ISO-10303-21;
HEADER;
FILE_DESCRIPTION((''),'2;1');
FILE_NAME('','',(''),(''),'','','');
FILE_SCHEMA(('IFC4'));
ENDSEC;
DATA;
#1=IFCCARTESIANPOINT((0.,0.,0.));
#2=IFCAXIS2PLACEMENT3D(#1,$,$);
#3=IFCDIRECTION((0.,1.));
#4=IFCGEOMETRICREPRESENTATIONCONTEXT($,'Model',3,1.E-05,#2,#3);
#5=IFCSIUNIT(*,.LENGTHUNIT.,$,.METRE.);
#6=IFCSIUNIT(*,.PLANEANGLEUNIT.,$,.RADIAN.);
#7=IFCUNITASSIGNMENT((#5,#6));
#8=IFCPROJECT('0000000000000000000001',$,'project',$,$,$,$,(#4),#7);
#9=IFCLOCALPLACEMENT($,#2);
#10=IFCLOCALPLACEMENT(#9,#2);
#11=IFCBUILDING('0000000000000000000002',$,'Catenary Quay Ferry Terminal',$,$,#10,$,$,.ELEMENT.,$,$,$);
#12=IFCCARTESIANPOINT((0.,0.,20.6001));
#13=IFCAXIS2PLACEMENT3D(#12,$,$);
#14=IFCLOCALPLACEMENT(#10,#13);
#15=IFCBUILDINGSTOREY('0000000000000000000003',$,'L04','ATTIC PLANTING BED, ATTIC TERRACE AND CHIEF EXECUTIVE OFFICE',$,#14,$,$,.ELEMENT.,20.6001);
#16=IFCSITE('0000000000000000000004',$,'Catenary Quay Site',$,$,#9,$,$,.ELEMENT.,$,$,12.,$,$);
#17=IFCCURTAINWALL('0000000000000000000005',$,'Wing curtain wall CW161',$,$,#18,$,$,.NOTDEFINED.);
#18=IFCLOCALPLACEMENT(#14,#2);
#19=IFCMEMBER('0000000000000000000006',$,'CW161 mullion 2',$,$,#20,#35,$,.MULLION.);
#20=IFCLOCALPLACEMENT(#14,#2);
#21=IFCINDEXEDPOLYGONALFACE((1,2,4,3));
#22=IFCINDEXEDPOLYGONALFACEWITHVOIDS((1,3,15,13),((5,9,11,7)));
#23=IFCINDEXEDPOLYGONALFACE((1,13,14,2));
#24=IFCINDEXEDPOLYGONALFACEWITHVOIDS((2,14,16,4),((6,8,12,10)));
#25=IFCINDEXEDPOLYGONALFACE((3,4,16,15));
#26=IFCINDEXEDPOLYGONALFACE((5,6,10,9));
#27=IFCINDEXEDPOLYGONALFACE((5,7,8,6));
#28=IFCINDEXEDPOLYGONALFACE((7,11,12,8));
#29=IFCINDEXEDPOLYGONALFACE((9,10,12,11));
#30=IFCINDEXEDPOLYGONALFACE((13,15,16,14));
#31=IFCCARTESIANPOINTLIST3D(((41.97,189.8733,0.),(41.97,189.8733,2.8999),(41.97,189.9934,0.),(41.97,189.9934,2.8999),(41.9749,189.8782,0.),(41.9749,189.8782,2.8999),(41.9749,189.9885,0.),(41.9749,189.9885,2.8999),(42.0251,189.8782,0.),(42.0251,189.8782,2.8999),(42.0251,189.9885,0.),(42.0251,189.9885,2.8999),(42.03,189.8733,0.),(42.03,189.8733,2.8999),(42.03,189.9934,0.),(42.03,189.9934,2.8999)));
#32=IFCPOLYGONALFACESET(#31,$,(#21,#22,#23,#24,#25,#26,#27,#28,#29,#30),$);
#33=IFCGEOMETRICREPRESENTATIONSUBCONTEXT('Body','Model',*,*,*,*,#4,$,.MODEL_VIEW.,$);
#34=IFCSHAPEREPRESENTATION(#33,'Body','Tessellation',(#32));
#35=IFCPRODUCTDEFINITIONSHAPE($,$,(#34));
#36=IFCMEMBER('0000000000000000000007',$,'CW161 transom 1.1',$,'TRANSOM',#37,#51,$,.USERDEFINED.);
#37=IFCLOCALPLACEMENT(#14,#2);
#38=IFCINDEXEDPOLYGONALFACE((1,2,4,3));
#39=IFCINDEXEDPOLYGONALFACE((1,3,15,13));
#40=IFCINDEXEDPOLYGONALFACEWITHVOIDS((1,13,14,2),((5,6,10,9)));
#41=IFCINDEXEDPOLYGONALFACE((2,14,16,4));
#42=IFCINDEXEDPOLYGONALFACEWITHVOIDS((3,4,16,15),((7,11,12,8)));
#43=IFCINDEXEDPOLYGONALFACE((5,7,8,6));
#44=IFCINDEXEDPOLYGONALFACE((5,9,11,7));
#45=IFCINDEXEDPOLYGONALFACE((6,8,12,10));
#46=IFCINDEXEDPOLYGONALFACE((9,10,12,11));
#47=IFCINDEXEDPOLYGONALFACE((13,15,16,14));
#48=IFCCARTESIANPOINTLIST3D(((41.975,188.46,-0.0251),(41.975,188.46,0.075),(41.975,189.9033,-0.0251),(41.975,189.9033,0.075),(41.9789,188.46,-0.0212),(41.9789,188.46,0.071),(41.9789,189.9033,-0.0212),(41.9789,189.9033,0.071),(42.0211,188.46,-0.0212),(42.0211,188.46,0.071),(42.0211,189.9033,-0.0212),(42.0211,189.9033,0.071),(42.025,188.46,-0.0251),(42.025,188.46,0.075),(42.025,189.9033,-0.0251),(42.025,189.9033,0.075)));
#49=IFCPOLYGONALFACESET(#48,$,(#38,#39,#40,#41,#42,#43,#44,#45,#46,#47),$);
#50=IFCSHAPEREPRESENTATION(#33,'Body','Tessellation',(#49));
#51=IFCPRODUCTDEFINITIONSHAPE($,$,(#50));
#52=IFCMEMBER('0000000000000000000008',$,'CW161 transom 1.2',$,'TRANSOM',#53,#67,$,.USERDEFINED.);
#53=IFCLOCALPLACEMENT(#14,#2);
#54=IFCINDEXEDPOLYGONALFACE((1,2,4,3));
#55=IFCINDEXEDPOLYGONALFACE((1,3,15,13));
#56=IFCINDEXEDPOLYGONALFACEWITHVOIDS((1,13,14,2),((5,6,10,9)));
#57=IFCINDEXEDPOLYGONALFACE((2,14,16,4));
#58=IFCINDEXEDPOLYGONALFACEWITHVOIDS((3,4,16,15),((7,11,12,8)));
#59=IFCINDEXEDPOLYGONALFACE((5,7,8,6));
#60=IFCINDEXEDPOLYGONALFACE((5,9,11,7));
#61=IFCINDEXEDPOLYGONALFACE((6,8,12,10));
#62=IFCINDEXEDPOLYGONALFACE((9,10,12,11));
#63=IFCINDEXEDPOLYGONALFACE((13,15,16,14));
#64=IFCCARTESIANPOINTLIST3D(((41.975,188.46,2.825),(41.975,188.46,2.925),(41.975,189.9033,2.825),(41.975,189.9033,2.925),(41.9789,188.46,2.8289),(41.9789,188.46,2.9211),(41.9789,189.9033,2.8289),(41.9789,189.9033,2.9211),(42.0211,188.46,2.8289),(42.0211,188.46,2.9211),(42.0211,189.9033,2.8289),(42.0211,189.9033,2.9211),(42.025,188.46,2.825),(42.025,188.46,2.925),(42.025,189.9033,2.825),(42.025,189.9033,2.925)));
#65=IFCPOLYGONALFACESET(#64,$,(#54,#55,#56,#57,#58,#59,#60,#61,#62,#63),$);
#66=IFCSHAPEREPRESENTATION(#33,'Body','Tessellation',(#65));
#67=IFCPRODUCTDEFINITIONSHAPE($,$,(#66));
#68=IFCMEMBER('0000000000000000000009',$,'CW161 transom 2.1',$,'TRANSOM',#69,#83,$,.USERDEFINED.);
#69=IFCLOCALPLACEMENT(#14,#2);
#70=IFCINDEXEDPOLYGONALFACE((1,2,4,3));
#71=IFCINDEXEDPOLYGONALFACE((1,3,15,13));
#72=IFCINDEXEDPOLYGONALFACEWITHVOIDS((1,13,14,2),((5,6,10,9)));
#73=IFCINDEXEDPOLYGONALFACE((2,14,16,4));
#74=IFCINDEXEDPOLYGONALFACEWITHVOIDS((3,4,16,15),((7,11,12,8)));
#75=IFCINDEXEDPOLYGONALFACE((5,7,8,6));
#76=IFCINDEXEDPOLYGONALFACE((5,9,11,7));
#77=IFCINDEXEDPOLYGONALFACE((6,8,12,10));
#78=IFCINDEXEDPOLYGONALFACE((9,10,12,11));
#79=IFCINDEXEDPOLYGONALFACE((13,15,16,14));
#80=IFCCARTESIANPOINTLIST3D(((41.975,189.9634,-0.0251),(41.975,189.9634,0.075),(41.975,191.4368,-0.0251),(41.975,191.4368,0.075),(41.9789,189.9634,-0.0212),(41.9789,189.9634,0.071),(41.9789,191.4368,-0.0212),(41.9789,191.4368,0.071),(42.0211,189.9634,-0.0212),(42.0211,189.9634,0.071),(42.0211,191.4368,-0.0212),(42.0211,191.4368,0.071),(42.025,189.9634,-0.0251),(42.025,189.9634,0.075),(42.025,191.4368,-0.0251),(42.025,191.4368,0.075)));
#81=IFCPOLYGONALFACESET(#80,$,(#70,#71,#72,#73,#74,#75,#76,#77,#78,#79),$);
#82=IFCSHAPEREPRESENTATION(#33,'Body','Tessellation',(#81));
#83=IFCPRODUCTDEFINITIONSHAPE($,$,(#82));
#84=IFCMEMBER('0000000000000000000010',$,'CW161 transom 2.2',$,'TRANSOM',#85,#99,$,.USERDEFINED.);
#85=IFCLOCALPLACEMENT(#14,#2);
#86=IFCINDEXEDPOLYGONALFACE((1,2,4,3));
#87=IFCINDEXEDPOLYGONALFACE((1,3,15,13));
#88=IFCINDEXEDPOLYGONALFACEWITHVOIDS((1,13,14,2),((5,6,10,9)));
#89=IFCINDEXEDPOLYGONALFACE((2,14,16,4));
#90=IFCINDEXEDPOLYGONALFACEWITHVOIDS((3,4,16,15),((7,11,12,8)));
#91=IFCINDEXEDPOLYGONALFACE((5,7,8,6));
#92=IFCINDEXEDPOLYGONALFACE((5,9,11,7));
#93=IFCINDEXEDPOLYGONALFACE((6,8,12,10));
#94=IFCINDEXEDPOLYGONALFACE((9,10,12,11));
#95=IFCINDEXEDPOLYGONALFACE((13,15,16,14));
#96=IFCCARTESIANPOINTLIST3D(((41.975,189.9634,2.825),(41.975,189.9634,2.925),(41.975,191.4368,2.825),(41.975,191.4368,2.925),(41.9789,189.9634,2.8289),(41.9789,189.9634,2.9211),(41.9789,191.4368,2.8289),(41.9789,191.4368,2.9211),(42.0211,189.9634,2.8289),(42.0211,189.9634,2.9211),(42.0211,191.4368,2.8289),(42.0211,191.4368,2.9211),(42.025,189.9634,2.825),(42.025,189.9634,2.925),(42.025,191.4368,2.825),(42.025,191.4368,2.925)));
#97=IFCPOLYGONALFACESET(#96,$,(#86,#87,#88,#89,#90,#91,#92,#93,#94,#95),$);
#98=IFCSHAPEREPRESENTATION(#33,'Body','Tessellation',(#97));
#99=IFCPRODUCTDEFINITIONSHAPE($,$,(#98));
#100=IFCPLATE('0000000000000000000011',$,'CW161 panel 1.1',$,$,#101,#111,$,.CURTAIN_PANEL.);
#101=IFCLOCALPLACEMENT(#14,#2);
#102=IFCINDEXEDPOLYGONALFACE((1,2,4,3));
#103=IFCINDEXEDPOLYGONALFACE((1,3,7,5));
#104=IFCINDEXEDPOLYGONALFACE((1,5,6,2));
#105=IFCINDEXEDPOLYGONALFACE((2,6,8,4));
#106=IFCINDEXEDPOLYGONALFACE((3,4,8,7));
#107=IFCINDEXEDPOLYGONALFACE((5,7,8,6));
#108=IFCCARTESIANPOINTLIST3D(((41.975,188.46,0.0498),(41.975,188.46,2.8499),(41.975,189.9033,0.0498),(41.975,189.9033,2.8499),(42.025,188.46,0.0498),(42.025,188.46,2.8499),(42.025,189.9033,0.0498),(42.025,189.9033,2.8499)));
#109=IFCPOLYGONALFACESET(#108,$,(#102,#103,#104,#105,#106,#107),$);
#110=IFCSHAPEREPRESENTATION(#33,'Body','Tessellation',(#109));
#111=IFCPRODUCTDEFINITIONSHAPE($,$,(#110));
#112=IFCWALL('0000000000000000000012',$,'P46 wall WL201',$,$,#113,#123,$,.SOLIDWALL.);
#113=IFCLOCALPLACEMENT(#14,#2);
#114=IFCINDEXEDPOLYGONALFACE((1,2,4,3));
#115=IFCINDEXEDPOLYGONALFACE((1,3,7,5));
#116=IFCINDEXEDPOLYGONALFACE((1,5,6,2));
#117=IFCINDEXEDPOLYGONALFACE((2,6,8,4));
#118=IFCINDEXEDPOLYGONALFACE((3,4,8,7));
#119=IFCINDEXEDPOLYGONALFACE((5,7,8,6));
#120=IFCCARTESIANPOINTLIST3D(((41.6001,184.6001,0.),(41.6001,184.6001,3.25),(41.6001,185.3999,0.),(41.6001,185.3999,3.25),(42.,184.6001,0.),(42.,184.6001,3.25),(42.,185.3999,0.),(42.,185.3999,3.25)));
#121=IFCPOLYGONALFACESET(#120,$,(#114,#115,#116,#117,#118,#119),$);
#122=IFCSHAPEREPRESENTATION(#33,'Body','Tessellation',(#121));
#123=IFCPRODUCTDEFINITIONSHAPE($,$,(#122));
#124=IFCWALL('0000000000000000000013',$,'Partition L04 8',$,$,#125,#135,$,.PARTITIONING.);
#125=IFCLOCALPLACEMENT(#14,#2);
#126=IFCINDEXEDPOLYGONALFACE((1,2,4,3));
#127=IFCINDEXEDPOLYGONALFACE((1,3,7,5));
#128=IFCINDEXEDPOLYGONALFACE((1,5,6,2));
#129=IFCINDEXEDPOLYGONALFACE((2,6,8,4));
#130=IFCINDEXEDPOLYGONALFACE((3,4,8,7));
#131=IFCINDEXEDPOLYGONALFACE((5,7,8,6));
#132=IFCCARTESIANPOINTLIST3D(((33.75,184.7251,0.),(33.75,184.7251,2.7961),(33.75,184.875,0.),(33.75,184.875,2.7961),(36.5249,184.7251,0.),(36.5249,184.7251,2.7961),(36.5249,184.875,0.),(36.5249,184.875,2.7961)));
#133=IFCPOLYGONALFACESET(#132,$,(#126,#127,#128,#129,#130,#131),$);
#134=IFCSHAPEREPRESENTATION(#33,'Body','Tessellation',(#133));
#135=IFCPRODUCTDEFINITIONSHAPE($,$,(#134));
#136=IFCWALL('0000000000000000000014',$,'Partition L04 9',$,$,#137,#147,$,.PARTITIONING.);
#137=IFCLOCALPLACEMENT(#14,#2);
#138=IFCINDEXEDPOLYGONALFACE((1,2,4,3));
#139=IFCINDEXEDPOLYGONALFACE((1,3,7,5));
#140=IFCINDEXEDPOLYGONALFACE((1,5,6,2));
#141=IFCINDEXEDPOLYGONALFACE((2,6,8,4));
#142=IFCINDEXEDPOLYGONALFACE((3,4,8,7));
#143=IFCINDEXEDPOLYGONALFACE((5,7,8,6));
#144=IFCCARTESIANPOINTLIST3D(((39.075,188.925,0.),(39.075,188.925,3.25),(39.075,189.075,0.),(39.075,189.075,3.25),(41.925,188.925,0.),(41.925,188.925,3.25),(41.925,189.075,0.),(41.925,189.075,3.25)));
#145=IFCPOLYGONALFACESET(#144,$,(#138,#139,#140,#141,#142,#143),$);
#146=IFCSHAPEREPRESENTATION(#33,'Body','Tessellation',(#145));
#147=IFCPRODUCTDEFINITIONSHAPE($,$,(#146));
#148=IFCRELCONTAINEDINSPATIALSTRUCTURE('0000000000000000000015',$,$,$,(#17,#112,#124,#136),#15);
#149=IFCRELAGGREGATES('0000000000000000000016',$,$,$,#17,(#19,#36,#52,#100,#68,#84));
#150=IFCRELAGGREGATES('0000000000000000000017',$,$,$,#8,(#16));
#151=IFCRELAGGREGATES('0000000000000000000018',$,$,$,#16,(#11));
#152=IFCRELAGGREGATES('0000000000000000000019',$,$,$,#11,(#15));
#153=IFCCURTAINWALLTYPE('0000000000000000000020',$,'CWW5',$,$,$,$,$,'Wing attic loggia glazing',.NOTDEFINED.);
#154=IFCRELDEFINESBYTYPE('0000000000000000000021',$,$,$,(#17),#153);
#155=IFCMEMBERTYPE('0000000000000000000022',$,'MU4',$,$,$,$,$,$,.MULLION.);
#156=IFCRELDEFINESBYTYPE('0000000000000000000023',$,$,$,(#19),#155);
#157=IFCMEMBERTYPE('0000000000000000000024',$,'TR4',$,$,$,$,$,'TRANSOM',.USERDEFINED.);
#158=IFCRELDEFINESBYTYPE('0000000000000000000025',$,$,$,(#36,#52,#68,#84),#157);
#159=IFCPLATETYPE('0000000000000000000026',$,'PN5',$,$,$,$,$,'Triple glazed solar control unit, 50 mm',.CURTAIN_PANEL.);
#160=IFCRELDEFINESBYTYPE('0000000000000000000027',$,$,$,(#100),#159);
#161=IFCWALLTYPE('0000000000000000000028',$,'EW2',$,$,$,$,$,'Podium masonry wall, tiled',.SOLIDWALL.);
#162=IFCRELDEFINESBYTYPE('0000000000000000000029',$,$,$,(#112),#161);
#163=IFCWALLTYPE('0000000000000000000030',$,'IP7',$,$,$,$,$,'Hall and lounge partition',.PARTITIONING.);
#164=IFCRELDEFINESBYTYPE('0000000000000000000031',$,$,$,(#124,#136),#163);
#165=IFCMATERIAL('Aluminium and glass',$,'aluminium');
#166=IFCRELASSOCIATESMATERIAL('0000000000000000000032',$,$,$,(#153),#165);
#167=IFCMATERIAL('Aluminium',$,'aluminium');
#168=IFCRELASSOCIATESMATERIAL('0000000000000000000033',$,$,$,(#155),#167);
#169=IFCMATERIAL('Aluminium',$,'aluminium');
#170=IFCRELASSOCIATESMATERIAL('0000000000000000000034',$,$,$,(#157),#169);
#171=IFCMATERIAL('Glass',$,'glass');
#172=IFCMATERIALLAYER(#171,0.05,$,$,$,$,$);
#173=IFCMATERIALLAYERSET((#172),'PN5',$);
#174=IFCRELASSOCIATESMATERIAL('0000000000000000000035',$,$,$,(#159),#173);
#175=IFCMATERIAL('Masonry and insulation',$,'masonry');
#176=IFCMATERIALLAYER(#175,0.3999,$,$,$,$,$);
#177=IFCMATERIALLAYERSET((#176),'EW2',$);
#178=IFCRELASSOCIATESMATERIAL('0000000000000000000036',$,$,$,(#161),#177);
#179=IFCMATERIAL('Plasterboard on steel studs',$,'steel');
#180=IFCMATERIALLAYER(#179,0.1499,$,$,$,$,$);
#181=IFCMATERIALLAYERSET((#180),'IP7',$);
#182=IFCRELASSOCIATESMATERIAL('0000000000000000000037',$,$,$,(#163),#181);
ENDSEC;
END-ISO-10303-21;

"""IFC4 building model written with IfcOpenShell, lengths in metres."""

from ifc_helpers import new_model, si_unit, direction, frame, frame_2d, origin, origin_2d, place, context, subcontext, project, spatial, rectangle, hollow_rectangle, extrude, material, layer, layer_set, material_profile, profile_set, type_object, element, aggregate, save


model = new_model("IFC4")

# Units and contexts
model_context = context("Model", 3, precision=1e-05, world=origin(), true_north=direction((0.0, 1.0)))
body_context = subcontext(model_context, "Body", "Model", "MODEL_VIEW")
ifc_project = project(units=[si_unit("LENGTHUNIT", "METRE"), si_unit("PLANEANGLEUNIT", "RADIAN")], contexts=[model_context])

# Site, building, storey
site_placement = place(None, origin())
site = spatial("IfcSite", under=ifc_project, at=site_placement, Name="Catenary Quay Site", CompositionType="ELEMENT", RefElevation=12.0)
building_placement = place(site_placement, origin())
building = spatial("IfcBuilding", under=site, at=building_placement, Name="Catenary Quay Ferry Terminal", CompositionType="ELEMENT")
storey_placement = place(building_placement, frame((0.0, 0.0, 20.6001)))
storey = spatial("IfcBuildingStorey", under=building, at=storey_placement, Name="L04", Description="ATTIC PLANTING BED, ATTIC TERRACE AND CHIEF EXECUTIVE OFFICE", CompositionType="ELEMENT", Elevation=20.6001)

# Curtain wall, members, plate
ifc_material_1 = material(Name="Aluminium and glass", Category="aluminium")
curtain_wall_type = type_object("IfcCurtainWallType", Name="CWW5", ElementType="Wing attic loggia glazing", PredefinedType="NOTDEFINED", material=ifc_material_1)
curtain_wall_placement = place(storey_placement, origin())
curtain_wall = element("IfcCurtainWall", 1, at=curtain_wall_placement, inside=storey, type_object=curtain_wall_type, Name="Wing curtain wall CW161", PredefinedType="NOTDEFINED")
ifc_material_2 = material(Name="Aluminium", Category="aluminium")
ifc_material_profile_1 = material_profile(ifc_material_2, hollow_rectangle(XDim=0.0601, YDim=0.1201, WallThickness=0.0049, at=origin_2d()), Name="MU4")
ifc_profile_set_1 = profile_set([ifc_material_profile_1], Name="Aluminium")
member_type_1 = type_object("IfcMemberType", Name="MU4", PredefinedType="MULLION", material=ifc_profile_set_1)
member_1_placement = place(storey_placement, frame((42.0, 189.9333, 0.0), z_axis=(0.0, 0.0, 1.0), x_axis=(-1.0, 0.0, 0.0)))
member_1 = element("IfcMember", 2, at=member_1_placement, type_object=member_type_1, Name="CW161 mullion 2", PredefinedType="MULLION", context=body_context, shape_type="SweptSolid", body=[
    extrude(hollow_rectangle(XDim=0.0601, YDim=0.1201, WallThickness=0.0049, at=origin_2d()), origin(), (0.0, 0.0, 1.0), 2.8999),
])
ifc_material_3 = material(Name="Aluminium", Category="aluminium")
ifc_material_profile_2 = material_profile(ifc_material_3, hollow_rectangle(XDim=0.05, YDim=0.1001, WallThickness=0.0039, at=origin_2d()), Name="TR4")
ifc_profile_set_2 = profile_set([ifc_material_profile_2], Name="Aluminium")
member_type_2 = type_object("IfcMemberType", Name="TR4", ElementType="TRANSOM", PredefinedType="USERDEFINED", material=ifc_profile_set_2)
member_2_placement = place(storey_placement, frame((42.0, 188.46, 0.0249), z_axis=(0.0, 1.0, 0.0), x_axis=(-1.0, 0.0, 0.0)))
member_2 = element("IfcMember", 3, at=member_2_placement, type_object=member_type_2, Name="CW161 transom 1.1", ObjectType="TRANSOM", PredefinedType="USERDEFINED", context=body_context, shape_type="SweptSolid", body=[
    extrude(hollow_rectangle(XDim=0.05, YDim=0.1001, WallThickness=0.0039, at=origin_2d()), origin(), (0.0, 0.0, 1.0), 1.4434),
])
member_3_placement = place(storey_placement, frame((42.0, 188.46, 2.875), z_axis=(0.0, 1.0, 0.0), x_axis=(-1.0, 0.0, 0.0)))
member_3 = element("IfcMember", 4, at=member_3_placement, type_object=member_type_2, Name="CW161 transom 1.2", ObjectType="TRANSOM", PredefinedType="USERDEFINED", context=body_context, shape_type="SweptSolid", body=[
    extrude(hollow_rectangle(XDim=0.05, YDim=0.1001, WallThickness=0.0039, at=origin_2d()), origin(), (0.0, 0.0, 1.0), 1.4434),
])
member_4_placement = place(storey_placement, frame((42.0, 189.9634, 0.0249), z_axis=(0.0, 1.0, 0.0), x_axis=(-1.0, 0.0, 0.0)))
member_4 = element("IfcMember", 5, at=member_4_placement, type_object=member_type_2, Name="CW161 transom 2.1", ObjectType="TRANSOM", PredefinedType="USERDEFINED", context=body_context, shape_type="SweptSolid", body=[
    extrude(hollow_rectangle(XDim=0.05, YDim=0.1001, WallThickness=0.0039, at=origin_2d()), origin(), (0.0, 0.0, 1.0), 1.4734),
])
member_5_placement = place(storey_placement, frame((42.0, 189.9634, 2.875), z_axis=(0.0, 1.0, 0.0), x_axis=(-1.0, 0.0, 0.0)))
member_5 = element("IfcMember", 6, at=member_5_placement, type_object=member_type_2, Name="CW161 transom 2.2", ObjectType="TRANSOM", PredefinedType="USERDEFINED", context=body_context, shape_type="SweptSolid", body=[
    extrude(hollow_rectangle(XDim=0.05, YDim=0.1001, WallThickness=0.0039, at=origin_2d()), origin(), (0.0, 0.0, 1.0), 1.4734),
])
ifc_material_4 = material(Name="Glass", Category="glass")
ifc_layer_1 = layer(ifc_material_4, 0.05)
ifc_layer_set_1 = layer_set([ifc_layer_1], Name="PN5")
plate_type = type_object("IfcPlateType", Name="PN5", ElementType="Triple glazed solar control unit, 50 mm", PredefinedType="CURTAIN_PANEL", material=ifc_layer_set_1)
plate_placement = place(storey_placement, frame((42.0, 189.1816, 0.0498), z_axis=(0.0, 0.0, 1.0), x_axis=(0.0, 1.0, 0.0)))
plate = element("IfcPlate", 7, at=plate_placement, type_object=plate_type, Name="CW161 panel 1.1", PredefinedType="CURTAIN_PANEL", context=body_context, shape_type="SweptSolid", body=[
    extrude(rectangle(XDim=1.4434, YDim=0.05, at=origin_2d()), origin(), (0.0, 0.0, 1.0), 2.8),
])
aggregate(curtain_wall, [member_1, member_2, member_3, plate, member_4, member_5])

# Wall
ifc_material_5 = material(Name="Masonry and insulation", Category="masonry")
ifc_layer_2 = layer(ifc_material_5, 0.3999)
ifc_layer_set_2 = layer_set([ifc_layer_2], Name="EW2")
wall_type_1 = type_object("IfcWallType", Name="EW2", ElementType="Podium masonry wall, tiled", PredefinedType="SOLIDWALL", material=ifc_layer_set_2)
wall_1_placement = place(storey_placement, frame((41.8, 184.6001, 0.0), z_axis=(0.0, 0.0, 1.0), x_axis=(0.0, 1.0, 0.0)))
element("IfcWall", 8, at=wall_1_placement, inside=storey, type_object=wall_type_1, Name="P46 wall WL201", PredefinedType="SOLIDWALL", context=body_context, shape_type="SweptSolid", body=[
    extrude(rectangle(XDim=0.7998, YDim=0.3999, at=frame_2d((0.3999, 0.0))), origin(), (0.0, 0.0, 1.0), 3.25),
])

# Walls
ifc_material_6 = material(Name="Plasterboard on steel studs", Category="steel")
ifc_layer_3 = layer(ifc_material_6, 0.1499)
ifc_layer_set_3 = layer_set([ifc_layer_3], Name="IP7")
wall_type_2 = type_object("IfcWallType", Name="IP7", ElementType="Hall and lounge partition", PredefinedType="PARTITIONING", material=ifc_layer_set_3)
wall_2_placement = place(storey_placement, frame((33.75, 184.8, 0.0), z_axis=(0.0, 0.0, 1.0), x_axis=(1.0, 0.0, 0.0)))
element("IfcWall", 9, at=wall_2_placement, inside=storey, type_object=wall_type_2, Name="Partition L04 8", PredefinedType="PARTITIONING", context=body_context, shape_type="SweptSolid", body=[
    extrude(rectangle(XDim=2.7749, YDim=0.1499, at=frame_2d((1.3875, 0.0))), origin(), (0.0, 0.0, 1.0), 2.7961),
])
wall_3_placement = place(storey_placement, frame((39.075, 189.0, 0.0), z_axis=(0.0, 0.0, 1.0), x_axis=(1.0, 0.0, 0.0)))
element("IfcWall", 10, at=wall_3_placement, inside=storey, type_object=wall_type_2, Name="Partition L04 9", PredefinedType="PARTITIONING", context=body_context, shape_type="SweptSolid", body=[
    extrude(rectangle(XDim=2.8501, YDim=0.1499, at=frame_2d((1.425, 0.0))), origin(), (0.0, 0.0, 1.0), 3.25),
])

save(model, "model.ifc")
